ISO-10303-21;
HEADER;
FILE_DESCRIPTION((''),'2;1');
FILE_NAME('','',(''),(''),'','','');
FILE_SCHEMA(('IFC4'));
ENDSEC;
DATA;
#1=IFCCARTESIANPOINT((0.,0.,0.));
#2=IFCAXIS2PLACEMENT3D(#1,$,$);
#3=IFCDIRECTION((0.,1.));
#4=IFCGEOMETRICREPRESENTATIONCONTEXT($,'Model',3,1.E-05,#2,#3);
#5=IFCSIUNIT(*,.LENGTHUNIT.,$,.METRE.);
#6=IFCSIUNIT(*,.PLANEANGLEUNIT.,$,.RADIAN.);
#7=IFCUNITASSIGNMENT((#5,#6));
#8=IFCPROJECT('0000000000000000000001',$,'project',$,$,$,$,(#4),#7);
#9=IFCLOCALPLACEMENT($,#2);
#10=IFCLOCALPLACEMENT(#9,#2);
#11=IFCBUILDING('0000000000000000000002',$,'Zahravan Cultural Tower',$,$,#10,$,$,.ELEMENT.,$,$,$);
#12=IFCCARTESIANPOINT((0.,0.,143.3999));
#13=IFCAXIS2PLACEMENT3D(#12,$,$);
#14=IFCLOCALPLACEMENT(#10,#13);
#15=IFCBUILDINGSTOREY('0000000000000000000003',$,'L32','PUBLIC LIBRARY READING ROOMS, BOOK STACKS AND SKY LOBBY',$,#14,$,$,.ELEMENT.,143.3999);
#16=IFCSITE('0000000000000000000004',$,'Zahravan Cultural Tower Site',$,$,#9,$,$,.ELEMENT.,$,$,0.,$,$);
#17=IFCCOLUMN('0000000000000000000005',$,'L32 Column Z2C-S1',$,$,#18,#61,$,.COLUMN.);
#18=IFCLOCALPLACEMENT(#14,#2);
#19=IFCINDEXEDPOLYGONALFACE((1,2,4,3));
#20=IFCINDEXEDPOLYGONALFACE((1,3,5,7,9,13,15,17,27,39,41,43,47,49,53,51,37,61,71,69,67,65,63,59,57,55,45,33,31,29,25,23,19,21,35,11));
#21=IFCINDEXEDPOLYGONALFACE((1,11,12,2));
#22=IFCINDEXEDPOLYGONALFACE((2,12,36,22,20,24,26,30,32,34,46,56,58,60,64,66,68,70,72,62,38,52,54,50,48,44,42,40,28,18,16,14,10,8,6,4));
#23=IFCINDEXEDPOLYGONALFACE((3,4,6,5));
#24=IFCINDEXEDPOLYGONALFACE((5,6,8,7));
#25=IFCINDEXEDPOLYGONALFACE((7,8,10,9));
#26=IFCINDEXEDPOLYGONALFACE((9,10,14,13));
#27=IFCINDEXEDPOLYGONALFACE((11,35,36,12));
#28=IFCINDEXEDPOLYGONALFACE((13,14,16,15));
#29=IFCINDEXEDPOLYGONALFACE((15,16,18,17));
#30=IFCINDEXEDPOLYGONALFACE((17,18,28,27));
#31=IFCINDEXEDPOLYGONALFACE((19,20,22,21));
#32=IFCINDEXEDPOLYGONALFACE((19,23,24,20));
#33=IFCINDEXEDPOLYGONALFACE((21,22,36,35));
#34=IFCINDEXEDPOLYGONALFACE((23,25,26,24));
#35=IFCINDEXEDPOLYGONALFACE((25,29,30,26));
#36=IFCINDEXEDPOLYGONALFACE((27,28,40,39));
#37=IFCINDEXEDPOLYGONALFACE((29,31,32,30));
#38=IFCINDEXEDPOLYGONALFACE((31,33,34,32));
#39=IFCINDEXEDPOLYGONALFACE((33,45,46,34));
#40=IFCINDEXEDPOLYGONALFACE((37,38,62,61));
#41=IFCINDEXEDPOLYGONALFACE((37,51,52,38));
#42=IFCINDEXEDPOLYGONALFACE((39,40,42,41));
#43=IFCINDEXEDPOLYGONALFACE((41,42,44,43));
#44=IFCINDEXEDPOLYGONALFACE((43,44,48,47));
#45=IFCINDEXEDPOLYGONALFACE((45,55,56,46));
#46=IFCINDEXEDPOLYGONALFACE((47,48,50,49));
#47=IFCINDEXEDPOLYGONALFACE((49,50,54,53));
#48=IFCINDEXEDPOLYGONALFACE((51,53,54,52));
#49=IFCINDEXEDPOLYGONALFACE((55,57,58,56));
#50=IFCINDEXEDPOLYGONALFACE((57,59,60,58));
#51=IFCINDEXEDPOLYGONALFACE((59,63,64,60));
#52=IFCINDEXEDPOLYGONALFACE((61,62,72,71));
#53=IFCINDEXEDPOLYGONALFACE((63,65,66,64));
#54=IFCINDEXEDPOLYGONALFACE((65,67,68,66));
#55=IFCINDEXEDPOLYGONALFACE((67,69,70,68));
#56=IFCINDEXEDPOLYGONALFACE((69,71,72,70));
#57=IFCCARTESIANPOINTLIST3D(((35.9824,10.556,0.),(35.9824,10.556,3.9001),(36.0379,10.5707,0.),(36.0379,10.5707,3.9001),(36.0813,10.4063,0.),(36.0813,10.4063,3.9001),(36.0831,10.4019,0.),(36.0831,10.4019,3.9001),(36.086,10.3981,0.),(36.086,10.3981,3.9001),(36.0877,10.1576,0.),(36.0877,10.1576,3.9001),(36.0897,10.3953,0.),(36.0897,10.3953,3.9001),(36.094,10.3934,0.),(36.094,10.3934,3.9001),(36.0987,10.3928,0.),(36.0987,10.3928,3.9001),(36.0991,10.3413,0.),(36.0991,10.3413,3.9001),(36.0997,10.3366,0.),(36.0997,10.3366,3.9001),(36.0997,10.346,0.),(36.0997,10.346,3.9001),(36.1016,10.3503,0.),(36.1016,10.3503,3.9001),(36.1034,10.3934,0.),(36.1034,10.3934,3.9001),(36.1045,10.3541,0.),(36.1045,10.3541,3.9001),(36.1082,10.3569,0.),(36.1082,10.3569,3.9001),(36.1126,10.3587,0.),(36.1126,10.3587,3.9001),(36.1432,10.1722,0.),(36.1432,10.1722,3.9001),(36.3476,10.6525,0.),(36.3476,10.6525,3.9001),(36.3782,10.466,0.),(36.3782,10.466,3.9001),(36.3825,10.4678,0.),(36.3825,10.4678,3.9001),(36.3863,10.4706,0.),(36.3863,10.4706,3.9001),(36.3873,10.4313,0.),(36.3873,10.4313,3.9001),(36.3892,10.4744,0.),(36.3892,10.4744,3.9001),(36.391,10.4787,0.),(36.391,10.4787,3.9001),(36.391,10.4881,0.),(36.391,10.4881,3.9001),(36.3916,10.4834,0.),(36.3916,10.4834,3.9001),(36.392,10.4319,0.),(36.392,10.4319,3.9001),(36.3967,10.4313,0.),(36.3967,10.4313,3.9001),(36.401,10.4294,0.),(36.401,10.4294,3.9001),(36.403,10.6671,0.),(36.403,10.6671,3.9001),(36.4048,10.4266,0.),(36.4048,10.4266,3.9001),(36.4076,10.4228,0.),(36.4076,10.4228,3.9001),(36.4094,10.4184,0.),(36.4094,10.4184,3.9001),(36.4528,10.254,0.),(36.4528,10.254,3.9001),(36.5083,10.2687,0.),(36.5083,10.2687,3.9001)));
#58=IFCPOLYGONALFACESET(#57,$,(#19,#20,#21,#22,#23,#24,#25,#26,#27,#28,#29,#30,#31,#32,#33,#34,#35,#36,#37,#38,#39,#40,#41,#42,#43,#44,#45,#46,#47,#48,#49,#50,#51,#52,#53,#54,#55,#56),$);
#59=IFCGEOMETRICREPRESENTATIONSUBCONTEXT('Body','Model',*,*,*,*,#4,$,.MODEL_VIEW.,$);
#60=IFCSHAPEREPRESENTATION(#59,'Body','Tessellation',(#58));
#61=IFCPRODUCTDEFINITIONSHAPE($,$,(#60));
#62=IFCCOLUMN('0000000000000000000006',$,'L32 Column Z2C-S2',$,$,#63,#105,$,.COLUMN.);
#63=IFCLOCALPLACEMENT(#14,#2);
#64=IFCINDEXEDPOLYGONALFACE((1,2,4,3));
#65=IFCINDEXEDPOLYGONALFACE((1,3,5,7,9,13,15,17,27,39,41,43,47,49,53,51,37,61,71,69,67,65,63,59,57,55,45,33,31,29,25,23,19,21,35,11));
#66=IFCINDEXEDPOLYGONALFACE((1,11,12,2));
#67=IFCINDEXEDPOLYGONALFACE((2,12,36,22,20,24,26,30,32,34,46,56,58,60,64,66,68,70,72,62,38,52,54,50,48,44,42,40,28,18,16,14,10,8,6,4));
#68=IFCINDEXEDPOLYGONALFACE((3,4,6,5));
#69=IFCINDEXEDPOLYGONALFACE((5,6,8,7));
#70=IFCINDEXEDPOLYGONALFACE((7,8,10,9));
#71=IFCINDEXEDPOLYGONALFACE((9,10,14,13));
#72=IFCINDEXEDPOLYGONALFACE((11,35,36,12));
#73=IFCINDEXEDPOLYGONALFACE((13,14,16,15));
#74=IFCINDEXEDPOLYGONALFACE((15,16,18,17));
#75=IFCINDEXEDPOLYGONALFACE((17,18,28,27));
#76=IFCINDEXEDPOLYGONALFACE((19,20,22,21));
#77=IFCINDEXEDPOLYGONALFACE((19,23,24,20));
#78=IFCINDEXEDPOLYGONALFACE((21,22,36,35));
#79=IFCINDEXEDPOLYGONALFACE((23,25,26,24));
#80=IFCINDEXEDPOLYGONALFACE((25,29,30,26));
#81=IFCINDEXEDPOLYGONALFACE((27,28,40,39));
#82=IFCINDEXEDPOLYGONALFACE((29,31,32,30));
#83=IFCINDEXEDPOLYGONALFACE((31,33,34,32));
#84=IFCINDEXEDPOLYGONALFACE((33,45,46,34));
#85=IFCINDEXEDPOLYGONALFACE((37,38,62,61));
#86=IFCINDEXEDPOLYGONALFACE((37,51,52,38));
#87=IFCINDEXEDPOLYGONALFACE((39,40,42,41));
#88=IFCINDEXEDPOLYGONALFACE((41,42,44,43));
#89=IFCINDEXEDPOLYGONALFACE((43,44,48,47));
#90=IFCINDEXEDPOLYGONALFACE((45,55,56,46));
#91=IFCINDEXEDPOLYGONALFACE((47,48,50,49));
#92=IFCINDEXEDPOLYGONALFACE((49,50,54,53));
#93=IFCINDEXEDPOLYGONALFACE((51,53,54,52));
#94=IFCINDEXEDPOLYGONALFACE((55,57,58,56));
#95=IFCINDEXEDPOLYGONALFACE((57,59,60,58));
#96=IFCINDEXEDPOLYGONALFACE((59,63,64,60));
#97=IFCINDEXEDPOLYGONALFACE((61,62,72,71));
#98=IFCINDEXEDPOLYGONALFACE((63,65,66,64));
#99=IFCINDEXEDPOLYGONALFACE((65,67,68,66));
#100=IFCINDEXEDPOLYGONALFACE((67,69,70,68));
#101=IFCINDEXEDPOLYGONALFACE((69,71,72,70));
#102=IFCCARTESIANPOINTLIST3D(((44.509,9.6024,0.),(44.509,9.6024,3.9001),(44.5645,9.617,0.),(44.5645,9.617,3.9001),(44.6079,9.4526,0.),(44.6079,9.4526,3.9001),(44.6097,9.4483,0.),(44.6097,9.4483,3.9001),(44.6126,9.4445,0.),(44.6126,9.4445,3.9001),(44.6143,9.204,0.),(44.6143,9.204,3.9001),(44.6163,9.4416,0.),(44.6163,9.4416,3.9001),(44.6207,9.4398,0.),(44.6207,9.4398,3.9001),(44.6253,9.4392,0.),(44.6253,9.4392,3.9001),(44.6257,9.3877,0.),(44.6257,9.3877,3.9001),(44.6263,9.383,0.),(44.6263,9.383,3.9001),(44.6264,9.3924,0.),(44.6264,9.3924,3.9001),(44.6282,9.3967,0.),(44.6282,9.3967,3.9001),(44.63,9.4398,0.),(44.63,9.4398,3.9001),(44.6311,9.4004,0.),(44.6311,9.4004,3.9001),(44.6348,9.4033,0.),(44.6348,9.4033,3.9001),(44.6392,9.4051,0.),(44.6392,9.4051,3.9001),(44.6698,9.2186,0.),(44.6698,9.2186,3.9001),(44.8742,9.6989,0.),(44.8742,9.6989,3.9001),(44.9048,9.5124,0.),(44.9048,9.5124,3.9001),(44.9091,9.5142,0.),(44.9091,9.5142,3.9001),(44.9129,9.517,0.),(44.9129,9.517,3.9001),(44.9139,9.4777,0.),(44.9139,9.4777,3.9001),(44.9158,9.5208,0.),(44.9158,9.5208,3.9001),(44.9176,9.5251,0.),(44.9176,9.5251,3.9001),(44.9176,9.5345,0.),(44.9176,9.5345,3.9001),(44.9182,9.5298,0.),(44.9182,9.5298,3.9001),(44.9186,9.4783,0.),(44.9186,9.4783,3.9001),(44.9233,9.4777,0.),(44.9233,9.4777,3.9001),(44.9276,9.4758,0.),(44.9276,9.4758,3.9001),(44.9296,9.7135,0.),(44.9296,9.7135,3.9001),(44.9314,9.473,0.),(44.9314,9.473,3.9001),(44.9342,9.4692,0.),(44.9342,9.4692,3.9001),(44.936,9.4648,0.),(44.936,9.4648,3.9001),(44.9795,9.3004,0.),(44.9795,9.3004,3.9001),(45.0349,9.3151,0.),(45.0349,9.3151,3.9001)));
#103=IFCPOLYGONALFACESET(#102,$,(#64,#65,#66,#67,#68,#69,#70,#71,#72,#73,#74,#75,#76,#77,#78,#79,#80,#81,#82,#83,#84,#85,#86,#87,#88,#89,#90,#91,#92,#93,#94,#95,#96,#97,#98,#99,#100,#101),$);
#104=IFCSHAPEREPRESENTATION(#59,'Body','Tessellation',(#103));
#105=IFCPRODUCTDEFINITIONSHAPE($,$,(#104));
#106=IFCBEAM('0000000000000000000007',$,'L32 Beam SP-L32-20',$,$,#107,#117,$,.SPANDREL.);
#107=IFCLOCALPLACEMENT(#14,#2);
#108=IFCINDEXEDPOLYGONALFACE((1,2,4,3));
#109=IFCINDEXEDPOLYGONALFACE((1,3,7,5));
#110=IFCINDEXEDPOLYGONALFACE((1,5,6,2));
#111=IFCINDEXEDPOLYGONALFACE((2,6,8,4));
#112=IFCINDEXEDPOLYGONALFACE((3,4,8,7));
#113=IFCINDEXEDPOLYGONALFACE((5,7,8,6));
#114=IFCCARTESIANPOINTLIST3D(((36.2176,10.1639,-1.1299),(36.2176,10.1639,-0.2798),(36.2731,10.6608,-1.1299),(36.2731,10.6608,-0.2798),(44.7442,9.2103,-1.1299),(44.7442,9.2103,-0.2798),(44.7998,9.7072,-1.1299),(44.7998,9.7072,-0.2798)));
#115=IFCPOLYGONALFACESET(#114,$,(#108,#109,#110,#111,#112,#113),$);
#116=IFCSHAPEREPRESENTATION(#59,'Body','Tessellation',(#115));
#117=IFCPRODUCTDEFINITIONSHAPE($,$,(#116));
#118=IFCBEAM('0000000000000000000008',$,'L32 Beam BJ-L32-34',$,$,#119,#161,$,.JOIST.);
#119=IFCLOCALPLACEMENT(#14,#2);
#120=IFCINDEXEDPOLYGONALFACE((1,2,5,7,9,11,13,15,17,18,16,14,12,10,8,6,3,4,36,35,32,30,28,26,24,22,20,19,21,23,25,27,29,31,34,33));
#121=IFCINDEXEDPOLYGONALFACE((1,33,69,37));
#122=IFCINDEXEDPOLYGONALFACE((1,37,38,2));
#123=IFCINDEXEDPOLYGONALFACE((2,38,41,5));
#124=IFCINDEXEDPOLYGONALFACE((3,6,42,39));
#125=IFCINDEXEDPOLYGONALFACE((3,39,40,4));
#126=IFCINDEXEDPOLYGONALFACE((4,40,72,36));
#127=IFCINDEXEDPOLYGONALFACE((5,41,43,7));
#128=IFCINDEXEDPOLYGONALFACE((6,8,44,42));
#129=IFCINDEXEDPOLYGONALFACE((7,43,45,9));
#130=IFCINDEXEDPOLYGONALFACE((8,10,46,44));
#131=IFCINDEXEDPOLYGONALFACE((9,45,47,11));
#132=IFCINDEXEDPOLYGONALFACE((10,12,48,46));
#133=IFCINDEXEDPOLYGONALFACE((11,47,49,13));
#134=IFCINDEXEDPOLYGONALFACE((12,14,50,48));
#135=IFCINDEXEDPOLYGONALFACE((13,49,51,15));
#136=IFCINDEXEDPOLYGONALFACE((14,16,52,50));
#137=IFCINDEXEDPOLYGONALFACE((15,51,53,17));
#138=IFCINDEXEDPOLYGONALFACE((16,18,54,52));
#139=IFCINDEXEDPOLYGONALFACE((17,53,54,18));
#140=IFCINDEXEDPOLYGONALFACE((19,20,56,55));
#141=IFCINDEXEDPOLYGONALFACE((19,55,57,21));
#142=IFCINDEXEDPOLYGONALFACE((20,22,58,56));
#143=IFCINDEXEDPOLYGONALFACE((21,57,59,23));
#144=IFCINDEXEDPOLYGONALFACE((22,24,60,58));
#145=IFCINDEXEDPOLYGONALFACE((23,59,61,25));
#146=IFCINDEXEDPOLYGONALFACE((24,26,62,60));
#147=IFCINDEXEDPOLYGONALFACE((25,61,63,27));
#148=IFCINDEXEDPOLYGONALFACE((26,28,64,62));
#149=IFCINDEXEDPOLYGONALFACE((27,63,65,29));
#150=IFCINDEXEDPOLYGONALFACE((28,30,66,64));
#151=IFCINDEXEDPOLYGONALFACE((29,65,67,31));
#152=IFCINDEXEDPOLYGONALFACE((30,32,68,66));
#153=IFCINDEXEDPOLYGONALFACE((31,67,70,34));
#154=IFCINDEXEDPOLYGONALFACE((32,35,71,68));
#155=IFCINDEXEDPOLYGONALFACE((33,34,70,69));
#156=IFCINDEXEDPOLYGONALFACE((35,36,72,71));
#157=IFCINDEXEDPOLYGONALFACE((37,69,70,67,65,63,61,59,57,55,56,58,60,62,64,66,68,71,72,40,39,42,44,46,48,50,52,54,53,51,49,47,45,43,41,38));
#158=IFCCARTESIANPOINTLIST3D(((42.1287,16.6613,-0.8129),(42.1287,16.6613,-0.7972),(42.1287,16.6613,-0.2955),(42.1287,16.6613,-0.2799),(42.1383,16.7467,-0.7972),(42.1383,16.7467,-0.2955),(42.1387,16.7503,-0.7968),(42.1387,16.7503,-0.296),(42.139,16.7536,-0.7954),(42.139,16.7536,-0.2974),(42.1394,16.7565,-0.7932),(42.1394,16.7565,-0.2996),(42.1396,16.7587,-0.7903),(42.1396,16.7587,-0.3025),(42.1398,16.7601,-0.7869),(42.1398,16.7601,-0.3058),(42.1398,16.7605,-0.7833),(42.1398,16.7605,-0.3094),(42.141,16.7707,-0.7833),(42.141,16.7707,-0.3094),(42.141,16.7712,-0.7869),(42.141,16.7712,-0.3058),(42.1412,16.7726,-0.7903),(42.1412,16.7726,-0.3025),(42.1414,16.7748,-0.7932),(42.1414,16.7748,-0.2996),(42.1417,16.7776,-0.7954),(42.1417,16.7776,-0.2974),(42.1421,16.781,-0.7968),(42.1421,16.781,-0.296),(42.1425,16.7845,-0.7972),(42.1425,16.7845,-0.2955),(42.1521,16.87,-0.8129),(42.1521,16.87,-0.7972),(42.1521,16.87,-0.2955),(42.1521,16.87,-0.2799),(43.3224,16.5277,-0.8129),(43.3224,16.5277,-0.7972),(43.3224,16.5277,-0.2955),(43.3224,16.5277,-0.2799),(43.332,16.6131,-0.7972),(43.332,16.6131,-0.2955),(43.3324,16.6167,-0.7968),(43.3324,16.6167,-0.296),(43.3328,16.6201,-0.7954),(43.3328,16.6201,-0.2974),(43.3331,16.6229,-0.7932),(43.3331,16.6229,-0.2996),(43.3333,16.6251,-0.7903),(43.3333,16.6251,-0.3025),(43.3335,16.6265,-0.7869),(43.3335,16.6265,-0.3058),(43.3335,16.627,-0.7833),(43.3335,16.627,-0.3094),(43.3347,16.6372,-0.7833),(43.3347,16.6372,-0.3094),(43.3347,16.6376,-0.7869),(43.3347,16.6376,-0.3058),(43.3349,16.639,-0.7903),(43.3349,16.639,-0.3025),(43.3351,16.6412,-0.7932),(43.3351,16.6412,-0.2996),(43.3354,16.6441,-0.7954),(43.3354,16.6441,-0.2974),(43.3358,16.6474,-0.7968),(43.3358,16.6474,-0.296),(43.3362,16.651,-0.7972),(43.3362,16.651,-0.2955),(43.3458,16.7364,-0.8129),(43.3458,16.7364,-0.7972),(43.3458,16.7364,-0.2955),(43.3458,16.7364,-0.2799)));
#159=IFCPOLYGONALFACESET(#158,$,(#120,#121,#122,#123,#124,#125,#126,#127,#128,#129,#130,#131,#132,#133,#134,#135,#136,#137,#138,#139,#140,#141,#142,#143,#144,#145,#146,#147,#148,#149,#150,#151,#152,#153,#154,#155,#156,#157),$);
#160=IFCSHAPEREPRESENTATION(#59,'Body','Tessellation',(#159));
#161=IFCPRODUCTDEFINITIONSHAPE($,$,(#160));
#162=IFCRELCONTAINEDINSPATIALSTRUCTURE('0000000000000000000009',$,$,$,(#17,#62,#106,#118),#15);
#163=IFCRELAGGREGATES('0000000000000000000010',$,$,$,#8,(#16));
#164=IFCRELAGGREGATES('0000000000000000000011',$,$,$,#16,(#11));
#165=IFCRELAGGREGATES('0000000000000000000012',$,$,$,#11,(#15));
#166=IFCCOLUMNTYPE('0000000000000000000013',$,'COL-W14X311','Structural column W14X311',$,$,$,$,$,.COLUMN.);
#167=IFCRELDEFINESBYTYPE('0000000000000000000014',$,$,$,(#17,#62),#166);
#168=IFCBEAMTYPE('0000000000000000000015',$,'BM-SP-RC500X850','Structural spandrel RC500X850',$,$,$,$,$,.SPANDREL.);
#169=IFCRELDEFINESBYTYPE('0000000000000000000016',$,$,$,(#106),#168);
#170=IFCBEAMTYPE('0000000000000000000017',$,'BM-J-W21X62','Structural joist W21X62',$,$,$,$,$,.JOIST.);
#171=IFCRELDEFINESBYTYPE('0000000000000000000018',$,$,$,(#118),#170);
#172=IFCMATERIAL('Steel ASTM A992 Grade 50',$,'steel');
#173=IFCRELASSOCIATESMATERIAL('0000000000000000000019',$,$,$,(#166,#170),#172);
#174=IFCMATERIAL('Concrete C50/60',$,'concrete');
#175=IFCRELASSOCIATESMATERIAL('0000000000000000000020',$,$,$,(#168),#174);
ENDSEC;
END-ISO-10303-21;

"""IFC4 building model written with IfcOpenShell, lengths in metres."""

from ifc_helpers import new_model, si_unit, direction, frame, origin, origin_2d, place, context, subcontext, project, spatial, rectangle, i_section, extrude, source, transform, mapped, material, material_profile, profile_set, type_object, element, save


model = new_model("IFC4")

# Units and contexts
model_context = context("Model", 3, precision=1e-05, world=origin(), true_north=direction((0.0, 1.0)))
body_context = subcontext(model_context, "Body", "Model", "MODEL_VIEW")
ifc_project = project(units=[si_unit("LENGTHUNIT", "METRE"), si_unit("PLANEANGLEUNIT", "RADIAN")], contexts=[model_context])

# Site, building, storey
site_placement = place(None, origin())
site = spatial("IfcSite", under=ifc_project, at=site_placement, Name="Zahravan Cultural Tower Site", CompositionType="ELEMENT", RefElevation=0.0)
building_placement = place(site_placement, origin())
building = spatial("IfcBuilding", under=site, at=building_placement, Name="Zahravan Cultural Tower", CompositionType="ELEMENT")
storey_placement = place(building_placement, frame((0.0, 0.0, 143.3999)))
storey = spatial("IfcBuildingStorey", under=building, at=storey_placement, Name="L32", Description="PUBLIC LIBRARY READING ROOMS, BOOK STACKS AND SKY LOBBY", CompositionType="ELEMENT", Elevation=143.3999)

# Columns
ifc_material_1 = material(Name="Steel ASTM A992 Grade 50", Category="steel")
ifc_material_profile_1 = material_profile(ifc_material_1, i_section(OverallWidth=0.4121, OverallDepth=0.4351, WebThickness=0.0359, FlangeThickness=0.0574, FilletRadius=0.0181, at=origin_2d()), Name="W14X311")
ifc_profile_set_1 = profile_set([ifc_material_profile_1], Name="Steel ASTM A992 Grade 50")
column_type = type_object("IfcColumnType", Name="COL-W14X311", Description="Structural column W14X311", PredefinedType="COLUMN", material=ifc_profile_set_1)
shared_shape_1 = source(origin(), body_context, "Body", "SweptSolid", [
    extrude(i_section(OverallWidth=0.4121, OverallDepth=0.4351, WebThickness=0.0359, FlangeThickness=0.0574, FilletRadius=0.0181, at=origin_2d()), origin(), (0.0, 0.0, 1.0), 3.9001),
])
for number, where, z_axis, x_axis, name in (
    (1, (36.2454, 10.4124, 0.0), (0.0, 0.0, 1.0), (-0.255446, 0.966823, 0.0), "L32 Column Z2C-S1"),
    (2, (44.772, 9.4587, 0.0), (0.0, 0.0, 1.0), (-0.255446, 0.966823, 0.0), "L32 Column Z2C-S2"),
):
    element("IfcColumn", number, at=place(storey_placement, frame(where, z_axis=z_axis, x_axis=x_axis)), inside=storey, type_object=column_type, Name=name, PredefinedType="COLUMN", context=body_context, shape_type="MappedRepresentation", body=[
        mapped(shared_shape_1, transform((0.0, 0.0, 0.0), x_axis=(1.0, 0.0, 0.0), y_axis=(0.0, 1.0, 0.0), z_axis=(0.0, 0.0, 1.0), scale=1.0)),
    ])

# Beams
ifc_material_2 = material(Name="Concrete C50/60", Category="concrete")
ifc_material_profile_2 = material_profile(ifc_material_2, rectangle(XDim=0.5, YDim=0.8501, at=origin_2d()), Name="RC500X850")
ifc_profile_set_2 = profile_set([ifc_material_profile_2], Name="Concrete C50/60")
beam_type_1 = type_object("IfcBeamType", Name="BM-SP-RC500X850", Description="Structural spandrel RC500X850", PredefinedType="SPANDREL", material=ifc_profile_set_2)
shared_shape_2 = source(origin(), body_context, "Body", "SweptSolid", [
    extrude(rectangle(XDim=0.5, YDim=0.8501, at=origin_2d()), origin(), (0.0, 0.0, 1.0), 8.5798),
])
beam_1_placement = place(storey_placement, frame((36.2454, 10.4124, -0.7048), z_axis=(0.993804, -0.111147, 0.0), x_axis=(0.111147, 0.993804, 0.0)))
element("IfcBeam", 3, at=beam_1_placement, inside=storey, type_object=beam_type_1, Name="L32 Beam SP-L32-20", PredefinedType="SPANDREL", context=body_context, shape_type="MappedRepresentation", body=[
    mapped(shared_shape_2, transform((0.0, 0.0, 0.0), x_axis=(1.0, 0.0, 0.0), y_axis=(0.0, 1.0, 0.0), z_axis=(0.0, 0.0, 1.0), scale=1.0)),
])
ifc_material_profile_3 = material_profile(ifc_material_1, i_section(OverallWidth=0.21, OverallDepth=0.533, WebThickness=0.0103, FlangeThickness=0.0156, FilletRadius=0.0139, at=origin_2d()), Name="W21X62")
ifc_profile_set_3 = profile_set([ifc_material_profile_3], Name="Steel ASTM A992 Grade 50")
beam_type_2 = type_object("IfcBeamType", Name="BM-J-W21X62", Description="Structural joist W21X62", PredefinedType="JOIST", material=ifc_profile_set_3)
shared_shape_3 = source(origin(), body_context, "Body", "SweptSolid", [
    extrude(i_section(OverallWidth=0.21, OverallDepth=0.533, WebThickness=0.0103, FlangeThickness=0.0156, FilletRadius=0.0139, at=origin_2d()), origin(), (0.0, 0.0, 1.0), 1.2012),
])
beam_2_placement = place(storey_placement, frame((42.1404, 16.7656, -0.5464), z_axis=(0.993799, -0.11119, 0.0), x_axis=(0.11119, 0.993799, 0.0)))
element("IfcBeam", 4, at=beam_2_placement, inside=storey, type_object=beam_type_2, Name="L32 Beam BJ-L32-34", PredefinedType="JOIST", context=body_context, shape_type="MappedRepresentation", body=[
    mapped(shared_shape_3, transform((0.0, 0.0, 0.0), x_axis=(1.0, 0.0, 0.0), y_axis=(0.0, 1.0, 0.0), z_axis=(0.0, 0.0, 1.0), scale=1.0)),
])

save(model, "model.ifc")
